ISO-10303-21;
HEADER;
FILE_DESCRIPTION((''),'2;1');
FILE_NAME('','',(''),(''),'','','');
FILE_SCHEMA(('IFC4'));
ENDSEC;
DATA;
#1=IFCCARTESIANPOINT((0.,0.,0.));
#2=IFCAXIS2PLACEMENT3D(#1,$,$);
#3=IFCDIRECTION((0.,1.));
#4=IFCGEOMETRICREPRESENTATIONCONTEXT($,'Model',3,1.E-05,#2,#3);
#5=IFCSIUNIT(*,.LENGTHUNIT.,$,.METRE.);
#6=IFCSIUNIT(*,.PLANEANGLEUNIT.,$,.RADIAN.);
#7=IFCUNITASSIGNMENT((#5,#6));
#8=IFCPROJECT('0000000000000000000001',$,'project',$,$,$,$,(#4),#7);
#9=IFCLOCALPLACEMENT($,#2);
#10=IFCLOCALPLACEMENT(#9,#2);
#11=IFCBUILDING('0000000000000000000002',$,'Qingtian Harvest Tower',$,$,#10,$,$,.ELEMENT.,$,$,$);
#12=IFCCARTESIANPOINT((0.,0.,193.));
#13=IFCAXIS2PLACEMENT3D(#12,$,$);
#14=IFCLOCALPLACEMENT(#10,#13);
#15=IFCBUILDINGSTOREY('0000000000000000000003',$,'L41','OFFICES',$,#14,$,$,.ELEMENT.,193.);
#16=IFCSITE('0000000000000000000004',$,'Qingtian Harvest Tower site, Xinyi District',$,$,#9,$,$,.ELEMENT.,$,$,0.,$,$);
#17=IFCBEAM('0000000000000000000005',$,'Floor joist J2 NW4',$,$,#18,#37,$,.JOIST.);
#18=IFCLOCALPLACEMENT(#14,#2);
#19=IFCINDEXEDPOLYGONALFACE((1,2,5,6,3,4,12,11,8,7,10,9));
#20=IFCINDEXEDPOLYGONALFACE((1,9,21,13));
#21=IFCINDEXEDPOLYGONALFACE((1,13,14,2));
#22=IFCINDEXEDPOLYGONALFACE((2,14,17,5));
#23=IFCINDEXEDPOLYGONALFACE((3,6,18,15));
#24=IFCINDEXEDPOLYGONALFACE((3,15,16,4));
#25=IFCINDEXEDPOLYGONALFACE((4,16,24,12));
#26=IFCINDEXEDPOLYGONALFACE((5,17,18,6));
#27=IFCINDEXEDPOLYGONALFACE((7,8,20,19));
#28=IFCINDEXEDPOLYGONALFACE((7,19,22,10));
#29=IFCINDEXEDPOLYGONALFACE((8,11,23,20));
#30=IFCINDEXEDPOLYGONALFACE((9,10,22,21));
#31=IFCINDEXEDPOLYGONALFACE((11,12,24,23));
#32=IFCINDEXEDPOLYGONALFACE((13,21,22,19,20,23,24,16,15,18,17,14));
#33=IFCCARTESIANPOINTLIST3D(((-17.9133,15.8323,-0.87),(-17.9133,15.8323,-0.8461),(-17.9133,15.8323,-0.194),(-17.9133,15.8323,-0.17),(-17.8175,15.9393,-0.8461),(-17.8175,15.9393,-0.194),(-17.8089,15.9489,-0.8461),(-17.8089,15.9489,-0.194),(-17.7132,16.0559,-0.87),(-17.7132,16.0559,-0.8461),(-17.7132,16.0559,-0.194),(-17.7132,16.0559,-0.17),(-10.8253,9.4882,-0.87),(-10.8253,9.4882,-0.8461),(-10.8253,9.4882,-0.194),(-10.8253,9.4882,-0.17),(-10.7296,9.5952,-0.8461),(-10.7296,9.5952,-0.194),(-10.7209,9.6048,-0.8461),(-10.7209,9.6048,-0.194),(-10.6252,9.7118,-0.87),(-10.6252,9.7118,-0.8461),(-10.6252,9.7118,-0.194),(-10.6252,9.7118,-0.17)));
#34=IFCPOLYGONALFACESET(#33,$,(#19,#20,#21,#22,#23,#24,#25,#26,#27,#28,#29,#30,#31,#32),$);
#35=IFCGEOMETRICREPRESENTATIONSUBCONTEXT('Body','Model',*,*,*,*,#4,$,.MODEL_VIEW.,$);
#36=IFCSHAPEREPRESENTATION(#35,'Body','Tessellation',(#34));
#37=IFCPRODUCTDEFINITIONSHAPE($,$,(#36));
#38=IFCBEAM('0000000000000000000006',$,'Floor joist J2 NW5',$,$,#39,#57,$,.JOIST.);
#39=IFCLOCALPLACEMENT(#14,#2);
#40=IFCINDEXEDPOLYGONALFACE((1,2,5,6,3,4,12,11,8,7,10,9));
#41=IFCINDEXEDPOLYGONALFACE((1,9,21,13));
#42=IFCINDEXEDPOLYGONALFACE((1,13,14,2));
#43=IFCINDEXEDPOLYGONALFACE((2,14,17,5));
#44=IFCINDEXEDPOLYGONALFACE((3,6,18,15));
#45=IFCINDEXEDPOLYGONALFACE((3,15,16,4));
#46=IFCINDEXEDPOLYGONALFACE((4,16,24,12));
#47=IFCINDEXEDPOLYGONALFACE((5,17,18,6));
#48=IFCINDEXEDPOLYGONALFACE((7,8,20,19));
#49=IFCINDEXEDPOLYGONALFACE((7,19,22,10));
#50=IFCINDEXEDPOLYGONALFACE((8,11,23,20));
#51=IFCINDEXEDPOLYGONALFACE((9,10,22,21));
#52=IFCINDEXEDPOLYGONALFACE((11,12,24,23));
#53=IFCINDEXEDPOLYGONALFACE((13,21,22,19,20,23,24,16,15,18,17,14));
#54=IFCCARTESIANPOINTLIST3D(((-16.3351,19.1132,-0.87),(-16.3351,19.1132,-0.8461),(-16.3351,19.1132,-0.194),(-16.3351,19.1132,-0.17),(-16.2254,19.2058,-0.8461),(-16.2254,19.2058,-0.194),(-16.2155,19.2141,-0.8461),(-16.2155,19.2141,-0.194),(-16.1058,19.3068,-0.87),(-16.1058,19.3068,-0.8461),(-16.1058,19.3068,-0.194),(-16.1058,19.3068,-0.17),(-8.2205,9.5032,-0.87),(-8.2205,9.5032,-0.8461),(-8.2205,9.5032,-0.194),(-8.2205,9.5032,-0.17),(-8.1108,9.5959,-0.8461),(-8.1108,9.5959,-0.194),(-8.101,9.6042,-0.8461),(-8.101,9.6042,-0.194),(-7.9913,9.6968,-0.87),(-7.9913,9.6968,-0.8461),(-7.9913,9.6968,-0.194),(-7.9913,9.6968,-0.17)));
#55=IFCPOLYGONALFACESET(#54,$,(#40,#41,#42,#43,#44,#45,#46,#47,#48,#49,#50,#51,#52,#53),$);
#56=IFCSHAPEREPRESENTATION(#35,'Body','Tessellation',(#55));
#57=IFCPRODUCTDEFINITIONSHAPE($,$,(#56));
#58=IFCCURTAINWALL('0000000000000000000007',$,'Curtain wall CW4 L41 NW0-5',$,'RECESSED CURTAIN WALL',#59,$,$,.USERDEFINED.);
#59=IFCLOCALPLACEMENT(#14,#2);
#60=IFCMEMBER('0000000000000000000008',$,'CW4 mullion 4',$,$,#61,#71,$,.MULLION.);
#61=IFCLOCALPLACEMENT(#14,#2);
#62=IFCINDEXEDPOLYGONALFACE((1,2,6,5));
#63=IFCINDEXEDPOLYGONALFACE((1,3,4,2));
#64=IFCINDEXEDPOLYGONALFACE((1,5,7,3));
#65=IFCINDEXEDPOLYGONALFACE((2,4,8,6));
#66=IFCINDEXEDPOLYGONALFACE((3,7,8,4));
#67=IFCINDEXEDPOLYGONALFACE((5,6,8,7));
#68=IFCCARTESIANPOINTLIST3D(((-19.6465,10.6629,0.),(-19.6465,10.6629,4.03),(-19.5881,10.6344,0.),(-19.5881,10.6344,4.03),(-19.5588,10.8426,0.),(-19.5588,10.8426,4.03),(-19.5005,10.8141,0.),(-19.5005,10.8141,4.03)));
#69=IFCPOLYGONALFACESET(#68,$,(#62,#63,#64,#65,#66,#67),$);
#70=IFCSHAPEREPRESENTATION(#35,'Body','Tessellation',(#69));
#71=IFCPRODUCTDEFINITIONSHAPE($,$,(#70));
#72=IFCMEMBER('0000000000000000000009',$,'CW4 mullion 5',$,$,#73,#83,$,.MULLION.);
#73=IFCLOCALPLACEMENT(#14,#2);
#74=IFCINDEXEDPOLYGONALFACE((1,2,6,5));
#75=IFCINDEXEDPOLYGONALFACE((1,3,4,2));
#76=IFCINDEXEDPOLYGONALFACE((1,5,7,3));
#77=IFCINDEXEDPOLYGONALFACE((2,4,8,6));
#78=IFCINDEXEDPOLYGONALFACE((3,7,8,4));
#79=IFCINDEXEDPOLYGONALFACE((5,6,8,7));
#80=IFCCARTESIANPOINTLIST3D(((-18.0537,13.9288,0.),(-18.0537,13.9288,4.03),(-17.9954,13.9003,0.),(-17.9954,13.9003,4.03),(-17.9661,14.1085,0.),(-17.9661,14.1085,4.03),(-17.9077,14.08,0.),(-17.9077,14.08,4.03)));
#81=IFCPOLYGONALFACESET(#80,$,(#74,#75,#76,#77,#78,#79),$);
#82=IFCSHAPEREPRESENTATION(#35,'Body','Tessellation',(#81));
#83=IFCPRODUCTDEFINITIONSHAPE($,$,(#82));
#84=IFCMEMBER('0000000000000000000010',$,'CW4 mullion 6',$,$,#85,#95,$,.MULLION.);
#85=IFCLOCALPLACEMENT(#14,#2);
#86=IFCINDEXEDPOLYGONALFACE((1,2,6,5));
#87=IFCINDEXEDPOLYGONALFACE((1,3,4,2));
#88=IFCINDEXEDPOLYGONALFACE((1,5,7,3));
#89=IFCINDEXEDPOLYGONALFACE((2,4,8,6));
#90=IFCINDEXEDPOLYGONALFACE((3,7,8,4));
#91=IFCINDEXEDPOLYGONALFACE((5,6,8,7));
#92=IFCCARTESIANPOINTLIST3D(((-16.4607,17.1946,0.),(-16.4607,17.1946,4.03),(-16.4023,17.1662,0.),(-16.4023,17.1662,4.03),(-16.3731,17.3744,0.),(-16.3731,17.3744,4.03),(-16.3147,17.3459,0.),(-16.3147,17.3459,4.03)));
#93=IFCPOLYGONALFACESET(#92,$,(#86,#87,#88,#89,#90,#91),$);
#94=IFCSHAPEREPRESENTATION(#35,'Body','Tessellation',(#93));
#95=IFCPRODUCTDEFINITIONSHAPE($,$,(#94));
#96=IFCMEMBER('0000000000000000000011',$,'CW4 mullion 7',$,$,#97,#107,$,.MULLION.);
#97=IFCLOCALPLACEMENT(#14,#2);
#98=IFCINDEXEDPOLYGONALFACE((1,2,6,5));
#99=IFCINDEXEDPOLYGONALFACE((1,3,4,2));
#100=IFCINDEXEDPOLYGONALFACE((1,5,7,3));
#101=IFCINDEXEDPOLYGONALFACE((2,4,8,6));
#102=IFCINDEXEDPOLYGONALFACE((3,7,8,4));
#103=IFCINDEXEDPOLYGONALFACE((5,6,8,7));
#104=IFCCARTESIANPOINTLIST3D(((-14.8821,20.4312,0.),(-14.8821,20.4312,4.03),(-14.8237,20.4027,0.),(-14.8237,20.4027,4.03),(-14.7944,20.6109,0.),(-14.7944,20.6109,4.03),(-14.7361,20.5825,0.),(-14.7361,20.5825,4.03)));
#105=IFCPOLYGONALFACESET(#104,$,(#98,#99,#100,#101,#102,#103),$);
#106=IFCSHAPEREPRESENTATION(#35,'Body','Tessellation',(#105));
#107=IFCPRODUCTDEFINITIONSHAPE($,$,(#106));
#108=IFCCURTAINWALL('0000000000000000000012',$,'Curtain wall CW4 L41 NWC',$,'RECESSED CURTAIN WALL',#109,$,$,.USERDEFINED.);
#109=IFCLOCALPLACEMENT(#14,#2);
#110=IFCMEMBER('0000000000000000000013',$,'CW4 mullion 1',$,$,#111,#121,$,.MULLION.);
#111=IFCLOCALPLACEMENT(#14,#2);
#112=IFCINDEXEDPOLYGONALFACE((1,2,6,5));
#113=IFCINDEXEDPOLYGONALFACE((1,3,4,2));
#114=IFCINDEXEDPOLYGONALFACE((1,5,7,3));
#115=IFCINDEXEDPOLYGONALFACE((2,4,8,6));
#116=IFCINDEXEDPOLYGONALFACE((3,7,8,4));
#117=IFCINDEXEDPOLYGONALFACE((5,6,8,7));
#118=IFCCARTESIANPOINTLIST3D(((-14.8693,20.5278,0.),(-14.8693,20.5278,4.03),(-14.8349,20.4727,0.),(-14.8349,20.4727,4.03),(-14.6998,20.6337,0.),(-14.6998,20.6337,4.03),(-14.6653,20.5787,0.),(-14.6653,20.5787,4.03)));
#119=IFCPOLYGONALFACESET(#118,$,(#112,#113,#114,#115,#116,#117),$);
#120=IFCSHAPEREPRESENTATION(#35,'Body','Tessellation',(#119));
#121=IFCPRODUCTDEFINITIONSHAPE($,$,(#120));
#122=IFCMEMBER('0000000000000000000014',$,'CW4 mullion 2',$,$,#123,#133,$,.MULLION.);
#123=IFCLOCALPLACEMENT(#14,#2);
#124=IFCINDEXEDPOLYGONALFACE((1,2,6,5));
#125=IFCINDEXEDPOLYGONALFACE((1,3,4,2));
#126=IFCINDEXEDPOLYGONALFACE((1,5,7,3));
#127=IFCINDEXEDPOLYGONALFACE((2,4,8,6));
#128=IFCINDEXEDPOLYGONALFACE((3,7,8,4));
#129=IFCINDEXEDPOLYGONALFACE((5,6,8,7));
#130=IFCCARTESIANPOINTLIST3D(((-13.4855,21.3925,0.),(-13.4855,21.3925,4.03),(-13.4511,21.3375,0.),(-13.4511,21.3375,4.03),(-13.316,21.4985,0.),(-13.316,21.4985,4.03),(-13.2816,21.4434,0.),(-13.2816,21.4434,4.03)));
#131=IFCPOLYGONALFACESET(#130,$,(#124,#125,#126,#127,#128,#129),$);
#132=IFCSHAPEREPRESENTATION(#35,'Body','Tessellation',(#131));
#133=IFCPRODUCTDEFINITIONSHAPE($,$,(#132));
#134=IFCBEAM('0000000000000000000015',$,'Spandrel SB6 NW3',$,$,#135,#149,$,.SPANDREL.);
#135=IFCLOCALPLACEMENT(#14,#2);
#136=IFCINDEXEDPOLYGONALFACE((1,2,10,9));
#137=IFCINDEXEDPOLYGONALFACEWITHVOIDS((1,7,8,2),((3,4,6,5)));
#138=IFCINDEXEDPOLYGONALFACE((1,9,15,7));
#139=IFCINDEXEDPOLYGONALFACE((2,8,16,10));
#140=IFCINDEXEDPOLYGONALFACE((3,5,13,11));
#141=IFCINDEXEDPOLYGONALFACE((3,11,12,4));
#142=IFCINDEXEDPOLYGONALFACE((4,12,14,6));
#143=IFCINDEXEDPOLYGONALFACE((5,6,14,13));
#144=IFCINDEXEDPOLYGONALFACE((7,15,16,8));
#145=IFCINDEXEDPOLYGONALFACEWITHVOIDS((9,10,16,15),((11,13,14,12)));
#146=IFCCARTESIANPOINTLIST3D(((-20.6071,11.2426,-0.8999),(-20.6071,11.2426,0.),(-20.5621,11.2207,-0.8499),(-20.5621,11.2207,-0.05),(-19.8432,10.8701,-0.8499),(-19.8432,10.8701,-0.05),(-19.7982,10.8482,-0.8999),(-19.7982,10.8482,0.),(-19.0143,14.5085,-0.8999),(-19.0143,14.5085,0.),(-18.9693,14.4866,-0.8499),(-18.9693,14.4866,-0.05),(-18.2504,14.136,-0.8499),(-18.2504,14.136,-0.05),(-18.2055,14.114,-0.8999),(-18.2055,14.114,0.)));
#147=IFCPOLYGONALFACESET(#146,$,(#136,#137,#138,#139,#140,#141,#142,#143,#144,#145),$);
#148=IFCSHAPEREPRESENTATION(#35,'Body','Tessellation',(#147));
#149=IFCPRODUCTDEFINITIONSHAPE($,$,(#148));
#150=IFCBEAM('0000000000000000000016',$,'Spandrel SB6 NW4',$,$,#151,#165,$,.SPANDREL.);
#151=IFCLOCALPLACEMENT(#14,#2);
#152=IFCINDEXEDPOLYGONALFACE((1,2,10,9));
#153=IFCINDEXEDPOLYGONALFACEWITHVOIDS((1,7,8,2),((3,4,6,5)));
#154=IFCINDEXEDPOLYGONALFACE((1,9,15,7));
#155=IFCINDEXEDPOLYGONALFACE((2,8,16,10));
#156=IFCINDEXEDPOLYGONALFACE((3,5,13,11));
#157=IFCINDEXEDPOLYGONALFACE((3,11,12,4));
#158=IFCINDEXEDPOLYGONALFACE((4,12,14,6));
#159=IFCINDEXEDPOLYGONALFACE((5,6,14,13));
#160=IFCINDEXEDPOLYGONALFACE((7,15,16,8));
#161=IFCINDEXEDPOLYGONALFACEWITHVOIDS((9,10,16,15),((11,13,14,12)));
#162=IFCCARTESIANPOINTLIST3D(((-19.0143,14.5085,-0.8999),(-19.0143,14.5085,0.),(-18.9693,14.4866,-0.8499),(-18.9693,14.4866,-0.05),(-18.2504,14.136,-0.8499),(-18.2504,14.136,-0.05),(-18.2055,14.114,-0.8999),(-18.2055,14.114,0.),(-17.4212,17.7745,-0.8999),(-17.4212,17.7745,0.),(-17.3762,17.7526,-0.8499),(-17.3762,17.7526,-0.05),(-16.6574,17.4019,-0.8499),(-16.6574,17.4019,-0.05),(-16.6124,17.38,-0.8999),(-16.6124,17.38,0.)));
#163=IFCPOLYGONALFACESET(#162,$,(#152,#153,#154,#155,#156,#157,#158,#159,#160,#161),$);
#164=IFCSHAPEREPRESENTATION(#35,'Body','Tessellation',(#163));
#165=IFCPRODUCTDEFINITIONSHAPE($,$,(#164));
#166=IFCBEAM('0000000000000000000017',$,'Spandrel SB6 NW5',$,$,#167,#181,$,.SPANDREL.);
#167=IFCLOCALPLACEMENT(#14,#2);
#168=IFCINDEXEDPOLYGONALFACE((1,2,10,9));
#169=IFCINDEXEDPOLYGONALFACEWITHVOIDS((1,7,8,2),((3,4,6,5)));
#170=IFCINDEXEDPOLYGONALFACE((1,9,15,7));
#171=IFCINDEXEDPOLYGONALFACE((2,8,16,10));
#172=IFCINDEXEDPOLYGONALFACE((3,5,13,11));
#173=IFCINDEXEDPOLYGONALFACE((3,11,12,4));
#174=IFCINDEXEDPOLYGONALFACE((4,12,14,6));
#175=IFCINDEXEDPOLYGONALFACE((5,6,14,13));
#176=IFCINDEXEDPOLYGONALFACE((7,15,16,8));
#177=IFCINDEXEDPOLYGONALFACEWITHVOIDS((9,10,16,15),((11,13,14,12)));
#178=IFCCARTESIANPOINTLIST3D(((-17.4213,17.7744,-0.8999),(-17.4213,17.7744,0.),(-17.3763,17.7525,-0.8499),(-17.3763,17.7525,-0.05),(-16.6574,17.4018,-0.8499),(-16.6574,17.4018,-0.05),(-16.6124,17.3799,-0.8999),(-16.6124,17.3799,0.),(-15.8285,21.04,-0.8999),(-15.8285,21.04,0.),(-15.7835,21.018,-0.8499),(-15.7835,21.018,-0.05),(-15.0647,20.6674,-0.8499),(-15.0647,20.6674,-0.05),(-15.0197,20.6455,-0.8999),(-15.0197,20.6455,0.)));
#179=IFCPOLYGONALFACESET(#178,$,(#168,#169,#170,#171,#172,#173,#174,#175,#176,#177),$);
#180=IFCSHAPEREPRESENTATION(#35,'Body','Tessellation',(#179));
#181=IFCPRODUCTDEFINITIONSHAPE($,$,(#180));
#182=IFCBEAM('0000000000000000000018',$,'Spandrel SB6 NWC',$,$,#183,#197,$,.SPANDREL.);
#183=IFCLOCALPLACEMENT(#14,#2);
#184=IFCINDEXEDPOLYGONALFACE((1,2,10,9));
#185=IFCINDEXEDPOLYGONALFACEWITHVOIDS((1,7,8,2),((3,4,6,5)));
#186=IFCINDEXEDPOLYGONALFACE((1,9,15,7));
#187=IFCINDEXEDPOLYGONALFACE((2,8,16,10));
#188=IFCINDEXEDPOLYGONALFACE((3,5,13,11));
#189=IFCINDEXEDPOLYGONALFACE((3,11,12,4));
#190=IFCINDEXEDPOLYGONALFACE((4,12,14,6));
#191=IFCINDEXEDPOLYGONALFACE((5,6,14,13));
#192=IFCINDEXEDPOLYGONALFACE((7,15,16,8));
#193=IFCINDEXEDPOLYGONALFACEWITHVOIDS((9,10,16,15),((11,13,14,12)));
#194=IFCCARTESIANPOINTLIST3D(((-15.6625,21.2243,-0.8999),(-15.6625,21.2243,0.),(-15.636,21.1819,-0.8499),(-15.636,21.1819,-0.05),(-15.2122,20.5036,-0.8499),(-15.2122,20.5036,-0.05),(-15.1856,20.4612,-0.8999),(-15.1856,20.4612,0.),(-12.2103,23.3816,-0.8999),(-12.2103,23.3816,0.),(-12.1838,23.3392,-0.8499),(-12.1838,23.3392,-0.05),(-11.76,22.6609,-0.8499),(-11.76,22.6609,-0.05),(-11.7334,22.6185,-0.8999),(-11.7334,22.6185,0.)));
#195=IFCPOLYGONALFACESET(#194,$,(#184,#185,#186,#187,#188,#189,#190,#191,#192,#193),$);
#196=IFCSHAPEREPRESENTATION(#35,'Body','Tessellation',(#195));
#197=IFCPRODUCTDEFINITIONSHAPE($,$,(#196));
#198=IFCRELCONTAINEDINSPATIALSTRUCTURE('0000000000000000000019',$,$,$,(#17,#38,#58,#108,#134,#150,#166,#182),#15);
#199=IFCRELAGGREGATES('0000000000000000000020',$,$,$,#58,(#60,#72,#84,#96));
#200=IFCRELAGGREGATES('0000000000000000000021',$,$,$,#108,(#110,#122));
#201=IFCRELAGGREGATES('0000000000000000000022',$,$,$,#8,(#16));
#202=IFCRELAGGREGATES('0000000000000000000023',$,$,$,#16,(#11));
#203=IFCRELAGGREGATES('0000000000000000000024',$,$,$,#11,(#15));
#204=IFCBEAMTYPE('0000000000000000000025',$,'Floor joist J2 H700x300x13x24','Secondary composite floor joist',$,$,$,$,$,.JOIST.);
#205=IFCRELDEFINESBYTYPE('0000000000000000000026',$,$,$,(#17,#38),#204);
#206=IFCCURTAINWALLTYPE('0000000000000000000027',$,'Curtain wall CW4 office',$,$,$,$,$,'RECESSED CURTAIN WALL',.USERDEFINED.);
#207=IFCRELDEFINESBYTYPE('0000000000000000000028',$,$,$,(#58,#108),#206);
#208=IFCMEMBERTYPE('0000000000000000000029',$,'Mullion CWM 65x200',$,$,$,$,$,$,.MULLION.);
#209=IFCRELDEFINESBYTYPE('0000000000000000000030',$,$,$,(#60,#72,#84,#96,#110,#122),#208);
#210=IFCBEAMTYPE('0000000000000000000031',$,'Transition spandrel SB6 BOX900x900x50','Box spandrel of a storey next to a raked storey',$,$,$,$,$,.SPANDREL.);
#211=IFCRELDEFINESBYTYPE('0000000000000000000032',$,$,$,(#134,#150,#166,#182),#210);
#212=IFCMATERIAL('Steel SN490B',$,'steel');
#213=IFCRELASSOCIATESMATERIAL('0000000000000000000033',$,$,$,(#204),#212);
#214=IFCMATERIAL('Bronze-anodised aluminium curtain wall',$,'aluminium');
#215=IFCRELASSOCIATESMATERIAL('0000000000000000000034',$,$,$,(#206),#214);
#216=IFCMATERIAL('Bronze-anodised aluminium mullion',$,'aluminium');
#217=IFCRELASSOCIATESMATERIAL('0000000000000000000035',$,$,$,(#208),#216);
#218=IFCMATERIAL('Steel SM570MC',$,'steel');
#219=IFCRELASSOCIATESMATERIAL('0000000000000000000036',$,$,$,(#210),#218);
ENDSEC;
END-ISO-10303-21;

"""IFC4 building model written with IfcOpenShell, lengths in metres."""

from ifc_helpers import new_model, si_unit, direction, frame, origin, origin_2d, place, context, subcontext, project, spatial, rectangle, hollow_rectangle, i_section, extrude, material, material_profile, profile_set, type_object, element, aggregate, save


model = new_model("IFC4")

# Units and contexts
model_context = context("Model", 3, precision=1e-05, world=origin(), true_north=direction((0.0, 1.0)))
body_context = subcontext(model_context, "Body", "Model", "MODEL_VIEW")
ifc_project = project(units=[si_unit("LENGTHUNIT", "METRE"), si_unit("PLANEANGLEUNIT", "RADIAN")], contexts=[model_context])

# Site, building, storey
site_placement = place(None, origin())
site = spatial("IfcSite", under=ifc_project, at=site_placement, Name="Qingtian Harvest Tower site, Xinyi District", CompositionType="ELEMENT", RefElevation=0.0)
building_placement = place(site_placement, origin())
building = spatial("IfcBuilding", under=site, at=building_placement, Name="Qingtian Harvest Tower", CompositionType="ELEMENT")
storey_placement = place(building_placement, frame((0.0, 0.0, 193.0)))
storey = spatial("IfcBuildingStorey", under=building, at=storey_placement, Name="L41", Description="OFFICES", CompositionType="ELEMENT", Elevation=193.0)

# Beams
ifc_material_1 = material(Name="Steel SN490B", Category="steel")
ifc_material_profile_1 = material_profile(ifc_material_1, i_section(OverallWidth=0.3, OverallDepth=0.7, WebThickness=0.0129, FlangeThickness=0.0239, at=origin_2d()), Name="H700x300x13x24")
ifc_profile_set_1 = profile_set([ifc_material_profile_1], Name="Steel SN490B")
beam_type_1 = type_object("IfcBeamType", Name="Floor joist J2 H700x300x13x24", Description="Secondary composite floor joist", PredefinedType="JOIST", material=ifc_profile_set_1)
beam_1_placement = place(storey_placement, frame((-17.8132, 15.9441, -0.52), z_axis=(0.745127, -0.666923, 0.0), x_axis=(0.666923, 0.745127, 0.0)))
element("IfcBeam", 1, at=beam_1_placement, inside=storey, type_object=beam_type_1, Name="Floor joist J2 NW4", PredefinedType="JOIST", context=body_context, shape_type="SweptSolid", body=[
    extrude(i_section(OverallWidth=0.3, OverallDepth=0.7, WebThickness=0.0129, FlangeThickness=0.0239, at=origin_2d()), origin(), (0.0, 0.0, 1.0), 9.5125),
])
beam_2_placement = place(storey_placement, frame((-16.2205, 19.21, -0.52), z_axis=(0.645158, -0.764049, 0.0), x_axis=(0.764049, 0.645158, 0.0)))
element("IfcBeam", 2, at=beam_2_placement, inside=storey, type_object=beam_type_1, Name="Floor joist J2 NW5", PredefinedType="JOIST", context=body_context, shape_type="SweptSolid", body=[
    extrude(i_section(OverallWidth=0.3, OverallDepth=0.7, WebThickness=0.0129, FlangeThickness=0.0239, at=origin_2d()), origin(), (0.0, 0.0, 1.0), 12.5776),
])

# Curtain walls, members
ifc_material_2 = material(Name="Bronze-anodised aluminium curtain wall", Category="aluminium")
curtain_wall_type = type_object("IfcCurtainWallType", Name="Curtain wall CW4 office", ElementType="RECESSED CURTAIN WALL", PredefinedType="USERDEFINED", material=ifc_material_2)
curtain_wall_1_placement = place(storey_placement, origin())
curtain_wall_1 = element("IfcCurtainWall", 3, at=curtain_wall_1_placement, inside=storey, type_object=curtain_wall_type, Name="Curtain wall CW4 L41 NW0-5", ObjectType="RECESSED CURTAIN WALL", PredefinedType="USERDEFINED")
ifc_material_3 = material(Name="Bronze-anodised aluminium mullion", Category="aluminium")
ifc_material_profile_2 = material_profile(ifc_material_3, rectangle(XDim=0.0649, YDim=0.2, at=origin_2d()), Name="AL 65x200")
ifc_profile_set_2 = profile_set([ifc_material_profile_2], Name="Bronze-anodised aluminium mullion")
member_type_1 = type_object("IfcMemberType", Name="Mullion CWM 65x200", PredefinedType="MULLION", material=ifc_profile_set_2)
member_1_placement = place(storey_placement, frame((-19.5735, 10.7385, 0.0), z_axis=(0.0, 0.0, 1.0), x_axis=(-0.898794, 0.438371, 0.0)))
member_1 = element("IfcMember", 4, at=member_1_placement, type_object=member_type_1, Name="CW4 mullion 4", PredefinedType="MULLION", context=body_context, shape_type="SweptSolid", body=[
    extrude(rectangle(XDim=0.0649, YDim=0.2, at=origin_2d()), origin(), (0.0, 0.0, 1.0), 4.03),
])
member_2_placement = place(storey_placement, frame((-17.9807, 14.0044, 0.0), z_axis=(0.0, 0.0, 1.0), x_axis=(-0.898794, 0.438371, 0.0)))
member_2 = element("IfcMember", 5, at=member_2_placement, type_object=member_type_1, Name="CW4 mullion 5", PredefinedType="MULLION", context=body_context, shape_type="SweptSolid", body=[
    extrude(rectangle(XDim=0.0649, YDim=0.2, at=origin_2d()), origin(), (0.0, 0.0, 1.0), 4.03),
])
member_3_placement = place(storey_placement, frame((-16.3877, 17.2703, 0.0), z_axis=(0.0, 0.0, 1.0), x_axis=(-0.898794, 0.438371, 0.0)))
member_3 = element("IfcMember", 6, at=member_3_placement, type_object=member_type_1, Name="CW4 mullion 6", PredefinedType="MULLION", context=body_context, shape_type="SweptSolid", body=[
    extrude(rectangle(XDim=0.0649, YDim=0.2, at=origin_2d()), origin(), (0.0, 0.0, 1.0), 4.03),
])
member_4_placement = place(storey_placement, frame((-14.8091, 20.5068, 0.0), z_axis=(0.0, 0.0, 1.0), x_axis=(-0.898794, 0.438371, 0.0)))
member_4 = element("IfcMember", 7, at=member_4_placement, type_object=member_type_1, Name="CW4 mullion 7", PredefinedType="MULLION", context=body_context, shape_type="SweptSolid", body=[
    extrude(rectangle(XDim=0.0649, YDim=0.2, at=origin_2d()), origin(), (0.0, 0.0, 1.0), 4.03),
])
curtain_wall_2_placement = place(storey_placement, origin())
curtain_wall_2 = element("IfcCurtainWall", 8, at=curtain_wall_2_placement, inside=storey, type_object=curtain_wall_type, Name="Curtain wall CW4 L41 NWC", ObjectType="RECESSED CURTAIN WALL", PredefinedType="USERDEFINED")
member_5_placement = place(storey_placement, frame((-14.7673, 20.5532, 0.0), z_axis=(0.0, 0.0, 1.0), x_axis=(-0.529919, 0.848048, 0.0)))
member_5 = element("IfcMember", 9, at=member_5_placement, type_object=member_type_1, Name="CW4 mullion 1", PredefinedType="MULLION", context=body_context, shape_type="SweptSolid", body=[
    extrude(rectangle(XDim=0.0649, YDim=0.2, at=origin_2d()), origin(), (0.0, 0.0, 1.0), 4.03),
])
member_6_placement = place(storey_placement, frame((-13.3835, 21.418, 0.0), z_axis=(0.0, 0.0, 1.0), x_axis=(-0.529919, 0.848048, 0.0)))
member_6 = element("IfcMember", 10, at=member_6_placement, type_object=member_type_1, Name="CW4 mullion 2", PredefinedType="MULLION", context=body_context, shape_type="SweptSolid", body=[
    extrude(rectangle(XDim=0.0649, YDim=0.2, at=origin_2d()), origin(), (0.0, 0.0, 1.0), 4.03),
])

# Beams
ifc_material_4 = material(Name="Steel SM570MC", Category="steel")
ifc_material_profile_3 = material_profile(ifc_material_4, hollow_rectangle(XDim=0.8999, YDim=0.8999, WallThickness=0.05, at=origin_2d()), Name="BOX900x900x50")
ifc_profile_set_3 = profile_set([ifc_material_profile_3], Name="Steel SM570MC")
beam_type_2 = type_object("IfcBeamType", Name="Transition spandrel SB6 BOX900x900x50", Description="Box spandrel of a storey next to a raked storey", PredefinedType="SPANDREL", material=ifc_profile_set_3)
beam_3_placement = place(storey_placement, frame((-20.2026, 11.0454, -0.45), z_axis=(0.438349, 0.898805, 0.0), x_axis=(-0.898805, 0.438349, 0.0)))
element("IfcBeam", 11, at=beam_3_placement, inside=storey, type_object=beam_type_2, Name="Spandrel SB6 NW3", PredefinedType="SPANDREL", context=body_context, shape_type="SweptSolid", body=[
    extrude(hollow_rectangle(XDim=0.8999, YDim=0.8999, WallThickness=0.05, at=origin_2d()), origin(), (0.0, 0.0, 1.0), 3.6335),
])
beam_4_placement = place(storey_placement, frame((-18.6099, 14.3113, -0.45), z_axis=(0.438404, 0.898778, 0.0), x_axis=(-0.898778, 0.438404, 0.0)))
element("IfcBeam", 12, at=beam_4_placement, inside=storey, type_object=beam_type_2, Name="Spandrel SB6 NW4", PredefinedType="SPANDREL", context=body_context, shape_type="SweptSolid", body=[
    extrude(hollow_rectangle(XDim=0.8999, YDim=0.8999, WallThickness=0.05, at=origin_2d()), origin(), (0.0, 0.0, 1.0), 3.6338),
])
beam_5_placement = place(storey_placement, frame((-17.0168, 17.5771, -0.45), z_axis=(0.438376, 0.898792, 0.0), x_axis=(-0.898792, 0.438376, 0.0)))
element("IfcBeam", 13, at=beam_5_placement, inside=storey, type_object=beam_type_2, Name="Spandrel SB6 NW5", PredefinedType="SPANDREL", context=body_context, shape_type="SweptSolid", body=[
    extrude(hollow_rectangle(XDim=0.8999, YDim=0.8999, WallThickness=0.05, at=origin_2d()), origin(), (0.0, 0.0, 1.0), 3.6333),
])
beam_6_placement = place(storey_placement, frame((-15.4241, 20.8428, -0.45), z_axis=(0.848039, 0.529934, 0.0), x_axis=(-0.529934, 0.848039, 0.0)))
element("IfcBeam", 14, at=beam_6_placement, inside=storey, type_object=beam_type_2, Name="Spandrel SB6 NWC", PredefinedType="SPANDREL", context=body_context, shape_type="SweptSolid", body=[
    extrude(hollow_rectangle(XDim=0.8999, YDim=0.8999, WallThickness=0.05, at=origin_2d()), origin(), (0.0, 0.0, 1.0), 4.0708),
])

aggregate(curtain_wall_1, [member_1, member_2, member_3, member_4])
aggregate(curtain_wall_2, [member_5, member_6])

save(model, "model.ifc")
